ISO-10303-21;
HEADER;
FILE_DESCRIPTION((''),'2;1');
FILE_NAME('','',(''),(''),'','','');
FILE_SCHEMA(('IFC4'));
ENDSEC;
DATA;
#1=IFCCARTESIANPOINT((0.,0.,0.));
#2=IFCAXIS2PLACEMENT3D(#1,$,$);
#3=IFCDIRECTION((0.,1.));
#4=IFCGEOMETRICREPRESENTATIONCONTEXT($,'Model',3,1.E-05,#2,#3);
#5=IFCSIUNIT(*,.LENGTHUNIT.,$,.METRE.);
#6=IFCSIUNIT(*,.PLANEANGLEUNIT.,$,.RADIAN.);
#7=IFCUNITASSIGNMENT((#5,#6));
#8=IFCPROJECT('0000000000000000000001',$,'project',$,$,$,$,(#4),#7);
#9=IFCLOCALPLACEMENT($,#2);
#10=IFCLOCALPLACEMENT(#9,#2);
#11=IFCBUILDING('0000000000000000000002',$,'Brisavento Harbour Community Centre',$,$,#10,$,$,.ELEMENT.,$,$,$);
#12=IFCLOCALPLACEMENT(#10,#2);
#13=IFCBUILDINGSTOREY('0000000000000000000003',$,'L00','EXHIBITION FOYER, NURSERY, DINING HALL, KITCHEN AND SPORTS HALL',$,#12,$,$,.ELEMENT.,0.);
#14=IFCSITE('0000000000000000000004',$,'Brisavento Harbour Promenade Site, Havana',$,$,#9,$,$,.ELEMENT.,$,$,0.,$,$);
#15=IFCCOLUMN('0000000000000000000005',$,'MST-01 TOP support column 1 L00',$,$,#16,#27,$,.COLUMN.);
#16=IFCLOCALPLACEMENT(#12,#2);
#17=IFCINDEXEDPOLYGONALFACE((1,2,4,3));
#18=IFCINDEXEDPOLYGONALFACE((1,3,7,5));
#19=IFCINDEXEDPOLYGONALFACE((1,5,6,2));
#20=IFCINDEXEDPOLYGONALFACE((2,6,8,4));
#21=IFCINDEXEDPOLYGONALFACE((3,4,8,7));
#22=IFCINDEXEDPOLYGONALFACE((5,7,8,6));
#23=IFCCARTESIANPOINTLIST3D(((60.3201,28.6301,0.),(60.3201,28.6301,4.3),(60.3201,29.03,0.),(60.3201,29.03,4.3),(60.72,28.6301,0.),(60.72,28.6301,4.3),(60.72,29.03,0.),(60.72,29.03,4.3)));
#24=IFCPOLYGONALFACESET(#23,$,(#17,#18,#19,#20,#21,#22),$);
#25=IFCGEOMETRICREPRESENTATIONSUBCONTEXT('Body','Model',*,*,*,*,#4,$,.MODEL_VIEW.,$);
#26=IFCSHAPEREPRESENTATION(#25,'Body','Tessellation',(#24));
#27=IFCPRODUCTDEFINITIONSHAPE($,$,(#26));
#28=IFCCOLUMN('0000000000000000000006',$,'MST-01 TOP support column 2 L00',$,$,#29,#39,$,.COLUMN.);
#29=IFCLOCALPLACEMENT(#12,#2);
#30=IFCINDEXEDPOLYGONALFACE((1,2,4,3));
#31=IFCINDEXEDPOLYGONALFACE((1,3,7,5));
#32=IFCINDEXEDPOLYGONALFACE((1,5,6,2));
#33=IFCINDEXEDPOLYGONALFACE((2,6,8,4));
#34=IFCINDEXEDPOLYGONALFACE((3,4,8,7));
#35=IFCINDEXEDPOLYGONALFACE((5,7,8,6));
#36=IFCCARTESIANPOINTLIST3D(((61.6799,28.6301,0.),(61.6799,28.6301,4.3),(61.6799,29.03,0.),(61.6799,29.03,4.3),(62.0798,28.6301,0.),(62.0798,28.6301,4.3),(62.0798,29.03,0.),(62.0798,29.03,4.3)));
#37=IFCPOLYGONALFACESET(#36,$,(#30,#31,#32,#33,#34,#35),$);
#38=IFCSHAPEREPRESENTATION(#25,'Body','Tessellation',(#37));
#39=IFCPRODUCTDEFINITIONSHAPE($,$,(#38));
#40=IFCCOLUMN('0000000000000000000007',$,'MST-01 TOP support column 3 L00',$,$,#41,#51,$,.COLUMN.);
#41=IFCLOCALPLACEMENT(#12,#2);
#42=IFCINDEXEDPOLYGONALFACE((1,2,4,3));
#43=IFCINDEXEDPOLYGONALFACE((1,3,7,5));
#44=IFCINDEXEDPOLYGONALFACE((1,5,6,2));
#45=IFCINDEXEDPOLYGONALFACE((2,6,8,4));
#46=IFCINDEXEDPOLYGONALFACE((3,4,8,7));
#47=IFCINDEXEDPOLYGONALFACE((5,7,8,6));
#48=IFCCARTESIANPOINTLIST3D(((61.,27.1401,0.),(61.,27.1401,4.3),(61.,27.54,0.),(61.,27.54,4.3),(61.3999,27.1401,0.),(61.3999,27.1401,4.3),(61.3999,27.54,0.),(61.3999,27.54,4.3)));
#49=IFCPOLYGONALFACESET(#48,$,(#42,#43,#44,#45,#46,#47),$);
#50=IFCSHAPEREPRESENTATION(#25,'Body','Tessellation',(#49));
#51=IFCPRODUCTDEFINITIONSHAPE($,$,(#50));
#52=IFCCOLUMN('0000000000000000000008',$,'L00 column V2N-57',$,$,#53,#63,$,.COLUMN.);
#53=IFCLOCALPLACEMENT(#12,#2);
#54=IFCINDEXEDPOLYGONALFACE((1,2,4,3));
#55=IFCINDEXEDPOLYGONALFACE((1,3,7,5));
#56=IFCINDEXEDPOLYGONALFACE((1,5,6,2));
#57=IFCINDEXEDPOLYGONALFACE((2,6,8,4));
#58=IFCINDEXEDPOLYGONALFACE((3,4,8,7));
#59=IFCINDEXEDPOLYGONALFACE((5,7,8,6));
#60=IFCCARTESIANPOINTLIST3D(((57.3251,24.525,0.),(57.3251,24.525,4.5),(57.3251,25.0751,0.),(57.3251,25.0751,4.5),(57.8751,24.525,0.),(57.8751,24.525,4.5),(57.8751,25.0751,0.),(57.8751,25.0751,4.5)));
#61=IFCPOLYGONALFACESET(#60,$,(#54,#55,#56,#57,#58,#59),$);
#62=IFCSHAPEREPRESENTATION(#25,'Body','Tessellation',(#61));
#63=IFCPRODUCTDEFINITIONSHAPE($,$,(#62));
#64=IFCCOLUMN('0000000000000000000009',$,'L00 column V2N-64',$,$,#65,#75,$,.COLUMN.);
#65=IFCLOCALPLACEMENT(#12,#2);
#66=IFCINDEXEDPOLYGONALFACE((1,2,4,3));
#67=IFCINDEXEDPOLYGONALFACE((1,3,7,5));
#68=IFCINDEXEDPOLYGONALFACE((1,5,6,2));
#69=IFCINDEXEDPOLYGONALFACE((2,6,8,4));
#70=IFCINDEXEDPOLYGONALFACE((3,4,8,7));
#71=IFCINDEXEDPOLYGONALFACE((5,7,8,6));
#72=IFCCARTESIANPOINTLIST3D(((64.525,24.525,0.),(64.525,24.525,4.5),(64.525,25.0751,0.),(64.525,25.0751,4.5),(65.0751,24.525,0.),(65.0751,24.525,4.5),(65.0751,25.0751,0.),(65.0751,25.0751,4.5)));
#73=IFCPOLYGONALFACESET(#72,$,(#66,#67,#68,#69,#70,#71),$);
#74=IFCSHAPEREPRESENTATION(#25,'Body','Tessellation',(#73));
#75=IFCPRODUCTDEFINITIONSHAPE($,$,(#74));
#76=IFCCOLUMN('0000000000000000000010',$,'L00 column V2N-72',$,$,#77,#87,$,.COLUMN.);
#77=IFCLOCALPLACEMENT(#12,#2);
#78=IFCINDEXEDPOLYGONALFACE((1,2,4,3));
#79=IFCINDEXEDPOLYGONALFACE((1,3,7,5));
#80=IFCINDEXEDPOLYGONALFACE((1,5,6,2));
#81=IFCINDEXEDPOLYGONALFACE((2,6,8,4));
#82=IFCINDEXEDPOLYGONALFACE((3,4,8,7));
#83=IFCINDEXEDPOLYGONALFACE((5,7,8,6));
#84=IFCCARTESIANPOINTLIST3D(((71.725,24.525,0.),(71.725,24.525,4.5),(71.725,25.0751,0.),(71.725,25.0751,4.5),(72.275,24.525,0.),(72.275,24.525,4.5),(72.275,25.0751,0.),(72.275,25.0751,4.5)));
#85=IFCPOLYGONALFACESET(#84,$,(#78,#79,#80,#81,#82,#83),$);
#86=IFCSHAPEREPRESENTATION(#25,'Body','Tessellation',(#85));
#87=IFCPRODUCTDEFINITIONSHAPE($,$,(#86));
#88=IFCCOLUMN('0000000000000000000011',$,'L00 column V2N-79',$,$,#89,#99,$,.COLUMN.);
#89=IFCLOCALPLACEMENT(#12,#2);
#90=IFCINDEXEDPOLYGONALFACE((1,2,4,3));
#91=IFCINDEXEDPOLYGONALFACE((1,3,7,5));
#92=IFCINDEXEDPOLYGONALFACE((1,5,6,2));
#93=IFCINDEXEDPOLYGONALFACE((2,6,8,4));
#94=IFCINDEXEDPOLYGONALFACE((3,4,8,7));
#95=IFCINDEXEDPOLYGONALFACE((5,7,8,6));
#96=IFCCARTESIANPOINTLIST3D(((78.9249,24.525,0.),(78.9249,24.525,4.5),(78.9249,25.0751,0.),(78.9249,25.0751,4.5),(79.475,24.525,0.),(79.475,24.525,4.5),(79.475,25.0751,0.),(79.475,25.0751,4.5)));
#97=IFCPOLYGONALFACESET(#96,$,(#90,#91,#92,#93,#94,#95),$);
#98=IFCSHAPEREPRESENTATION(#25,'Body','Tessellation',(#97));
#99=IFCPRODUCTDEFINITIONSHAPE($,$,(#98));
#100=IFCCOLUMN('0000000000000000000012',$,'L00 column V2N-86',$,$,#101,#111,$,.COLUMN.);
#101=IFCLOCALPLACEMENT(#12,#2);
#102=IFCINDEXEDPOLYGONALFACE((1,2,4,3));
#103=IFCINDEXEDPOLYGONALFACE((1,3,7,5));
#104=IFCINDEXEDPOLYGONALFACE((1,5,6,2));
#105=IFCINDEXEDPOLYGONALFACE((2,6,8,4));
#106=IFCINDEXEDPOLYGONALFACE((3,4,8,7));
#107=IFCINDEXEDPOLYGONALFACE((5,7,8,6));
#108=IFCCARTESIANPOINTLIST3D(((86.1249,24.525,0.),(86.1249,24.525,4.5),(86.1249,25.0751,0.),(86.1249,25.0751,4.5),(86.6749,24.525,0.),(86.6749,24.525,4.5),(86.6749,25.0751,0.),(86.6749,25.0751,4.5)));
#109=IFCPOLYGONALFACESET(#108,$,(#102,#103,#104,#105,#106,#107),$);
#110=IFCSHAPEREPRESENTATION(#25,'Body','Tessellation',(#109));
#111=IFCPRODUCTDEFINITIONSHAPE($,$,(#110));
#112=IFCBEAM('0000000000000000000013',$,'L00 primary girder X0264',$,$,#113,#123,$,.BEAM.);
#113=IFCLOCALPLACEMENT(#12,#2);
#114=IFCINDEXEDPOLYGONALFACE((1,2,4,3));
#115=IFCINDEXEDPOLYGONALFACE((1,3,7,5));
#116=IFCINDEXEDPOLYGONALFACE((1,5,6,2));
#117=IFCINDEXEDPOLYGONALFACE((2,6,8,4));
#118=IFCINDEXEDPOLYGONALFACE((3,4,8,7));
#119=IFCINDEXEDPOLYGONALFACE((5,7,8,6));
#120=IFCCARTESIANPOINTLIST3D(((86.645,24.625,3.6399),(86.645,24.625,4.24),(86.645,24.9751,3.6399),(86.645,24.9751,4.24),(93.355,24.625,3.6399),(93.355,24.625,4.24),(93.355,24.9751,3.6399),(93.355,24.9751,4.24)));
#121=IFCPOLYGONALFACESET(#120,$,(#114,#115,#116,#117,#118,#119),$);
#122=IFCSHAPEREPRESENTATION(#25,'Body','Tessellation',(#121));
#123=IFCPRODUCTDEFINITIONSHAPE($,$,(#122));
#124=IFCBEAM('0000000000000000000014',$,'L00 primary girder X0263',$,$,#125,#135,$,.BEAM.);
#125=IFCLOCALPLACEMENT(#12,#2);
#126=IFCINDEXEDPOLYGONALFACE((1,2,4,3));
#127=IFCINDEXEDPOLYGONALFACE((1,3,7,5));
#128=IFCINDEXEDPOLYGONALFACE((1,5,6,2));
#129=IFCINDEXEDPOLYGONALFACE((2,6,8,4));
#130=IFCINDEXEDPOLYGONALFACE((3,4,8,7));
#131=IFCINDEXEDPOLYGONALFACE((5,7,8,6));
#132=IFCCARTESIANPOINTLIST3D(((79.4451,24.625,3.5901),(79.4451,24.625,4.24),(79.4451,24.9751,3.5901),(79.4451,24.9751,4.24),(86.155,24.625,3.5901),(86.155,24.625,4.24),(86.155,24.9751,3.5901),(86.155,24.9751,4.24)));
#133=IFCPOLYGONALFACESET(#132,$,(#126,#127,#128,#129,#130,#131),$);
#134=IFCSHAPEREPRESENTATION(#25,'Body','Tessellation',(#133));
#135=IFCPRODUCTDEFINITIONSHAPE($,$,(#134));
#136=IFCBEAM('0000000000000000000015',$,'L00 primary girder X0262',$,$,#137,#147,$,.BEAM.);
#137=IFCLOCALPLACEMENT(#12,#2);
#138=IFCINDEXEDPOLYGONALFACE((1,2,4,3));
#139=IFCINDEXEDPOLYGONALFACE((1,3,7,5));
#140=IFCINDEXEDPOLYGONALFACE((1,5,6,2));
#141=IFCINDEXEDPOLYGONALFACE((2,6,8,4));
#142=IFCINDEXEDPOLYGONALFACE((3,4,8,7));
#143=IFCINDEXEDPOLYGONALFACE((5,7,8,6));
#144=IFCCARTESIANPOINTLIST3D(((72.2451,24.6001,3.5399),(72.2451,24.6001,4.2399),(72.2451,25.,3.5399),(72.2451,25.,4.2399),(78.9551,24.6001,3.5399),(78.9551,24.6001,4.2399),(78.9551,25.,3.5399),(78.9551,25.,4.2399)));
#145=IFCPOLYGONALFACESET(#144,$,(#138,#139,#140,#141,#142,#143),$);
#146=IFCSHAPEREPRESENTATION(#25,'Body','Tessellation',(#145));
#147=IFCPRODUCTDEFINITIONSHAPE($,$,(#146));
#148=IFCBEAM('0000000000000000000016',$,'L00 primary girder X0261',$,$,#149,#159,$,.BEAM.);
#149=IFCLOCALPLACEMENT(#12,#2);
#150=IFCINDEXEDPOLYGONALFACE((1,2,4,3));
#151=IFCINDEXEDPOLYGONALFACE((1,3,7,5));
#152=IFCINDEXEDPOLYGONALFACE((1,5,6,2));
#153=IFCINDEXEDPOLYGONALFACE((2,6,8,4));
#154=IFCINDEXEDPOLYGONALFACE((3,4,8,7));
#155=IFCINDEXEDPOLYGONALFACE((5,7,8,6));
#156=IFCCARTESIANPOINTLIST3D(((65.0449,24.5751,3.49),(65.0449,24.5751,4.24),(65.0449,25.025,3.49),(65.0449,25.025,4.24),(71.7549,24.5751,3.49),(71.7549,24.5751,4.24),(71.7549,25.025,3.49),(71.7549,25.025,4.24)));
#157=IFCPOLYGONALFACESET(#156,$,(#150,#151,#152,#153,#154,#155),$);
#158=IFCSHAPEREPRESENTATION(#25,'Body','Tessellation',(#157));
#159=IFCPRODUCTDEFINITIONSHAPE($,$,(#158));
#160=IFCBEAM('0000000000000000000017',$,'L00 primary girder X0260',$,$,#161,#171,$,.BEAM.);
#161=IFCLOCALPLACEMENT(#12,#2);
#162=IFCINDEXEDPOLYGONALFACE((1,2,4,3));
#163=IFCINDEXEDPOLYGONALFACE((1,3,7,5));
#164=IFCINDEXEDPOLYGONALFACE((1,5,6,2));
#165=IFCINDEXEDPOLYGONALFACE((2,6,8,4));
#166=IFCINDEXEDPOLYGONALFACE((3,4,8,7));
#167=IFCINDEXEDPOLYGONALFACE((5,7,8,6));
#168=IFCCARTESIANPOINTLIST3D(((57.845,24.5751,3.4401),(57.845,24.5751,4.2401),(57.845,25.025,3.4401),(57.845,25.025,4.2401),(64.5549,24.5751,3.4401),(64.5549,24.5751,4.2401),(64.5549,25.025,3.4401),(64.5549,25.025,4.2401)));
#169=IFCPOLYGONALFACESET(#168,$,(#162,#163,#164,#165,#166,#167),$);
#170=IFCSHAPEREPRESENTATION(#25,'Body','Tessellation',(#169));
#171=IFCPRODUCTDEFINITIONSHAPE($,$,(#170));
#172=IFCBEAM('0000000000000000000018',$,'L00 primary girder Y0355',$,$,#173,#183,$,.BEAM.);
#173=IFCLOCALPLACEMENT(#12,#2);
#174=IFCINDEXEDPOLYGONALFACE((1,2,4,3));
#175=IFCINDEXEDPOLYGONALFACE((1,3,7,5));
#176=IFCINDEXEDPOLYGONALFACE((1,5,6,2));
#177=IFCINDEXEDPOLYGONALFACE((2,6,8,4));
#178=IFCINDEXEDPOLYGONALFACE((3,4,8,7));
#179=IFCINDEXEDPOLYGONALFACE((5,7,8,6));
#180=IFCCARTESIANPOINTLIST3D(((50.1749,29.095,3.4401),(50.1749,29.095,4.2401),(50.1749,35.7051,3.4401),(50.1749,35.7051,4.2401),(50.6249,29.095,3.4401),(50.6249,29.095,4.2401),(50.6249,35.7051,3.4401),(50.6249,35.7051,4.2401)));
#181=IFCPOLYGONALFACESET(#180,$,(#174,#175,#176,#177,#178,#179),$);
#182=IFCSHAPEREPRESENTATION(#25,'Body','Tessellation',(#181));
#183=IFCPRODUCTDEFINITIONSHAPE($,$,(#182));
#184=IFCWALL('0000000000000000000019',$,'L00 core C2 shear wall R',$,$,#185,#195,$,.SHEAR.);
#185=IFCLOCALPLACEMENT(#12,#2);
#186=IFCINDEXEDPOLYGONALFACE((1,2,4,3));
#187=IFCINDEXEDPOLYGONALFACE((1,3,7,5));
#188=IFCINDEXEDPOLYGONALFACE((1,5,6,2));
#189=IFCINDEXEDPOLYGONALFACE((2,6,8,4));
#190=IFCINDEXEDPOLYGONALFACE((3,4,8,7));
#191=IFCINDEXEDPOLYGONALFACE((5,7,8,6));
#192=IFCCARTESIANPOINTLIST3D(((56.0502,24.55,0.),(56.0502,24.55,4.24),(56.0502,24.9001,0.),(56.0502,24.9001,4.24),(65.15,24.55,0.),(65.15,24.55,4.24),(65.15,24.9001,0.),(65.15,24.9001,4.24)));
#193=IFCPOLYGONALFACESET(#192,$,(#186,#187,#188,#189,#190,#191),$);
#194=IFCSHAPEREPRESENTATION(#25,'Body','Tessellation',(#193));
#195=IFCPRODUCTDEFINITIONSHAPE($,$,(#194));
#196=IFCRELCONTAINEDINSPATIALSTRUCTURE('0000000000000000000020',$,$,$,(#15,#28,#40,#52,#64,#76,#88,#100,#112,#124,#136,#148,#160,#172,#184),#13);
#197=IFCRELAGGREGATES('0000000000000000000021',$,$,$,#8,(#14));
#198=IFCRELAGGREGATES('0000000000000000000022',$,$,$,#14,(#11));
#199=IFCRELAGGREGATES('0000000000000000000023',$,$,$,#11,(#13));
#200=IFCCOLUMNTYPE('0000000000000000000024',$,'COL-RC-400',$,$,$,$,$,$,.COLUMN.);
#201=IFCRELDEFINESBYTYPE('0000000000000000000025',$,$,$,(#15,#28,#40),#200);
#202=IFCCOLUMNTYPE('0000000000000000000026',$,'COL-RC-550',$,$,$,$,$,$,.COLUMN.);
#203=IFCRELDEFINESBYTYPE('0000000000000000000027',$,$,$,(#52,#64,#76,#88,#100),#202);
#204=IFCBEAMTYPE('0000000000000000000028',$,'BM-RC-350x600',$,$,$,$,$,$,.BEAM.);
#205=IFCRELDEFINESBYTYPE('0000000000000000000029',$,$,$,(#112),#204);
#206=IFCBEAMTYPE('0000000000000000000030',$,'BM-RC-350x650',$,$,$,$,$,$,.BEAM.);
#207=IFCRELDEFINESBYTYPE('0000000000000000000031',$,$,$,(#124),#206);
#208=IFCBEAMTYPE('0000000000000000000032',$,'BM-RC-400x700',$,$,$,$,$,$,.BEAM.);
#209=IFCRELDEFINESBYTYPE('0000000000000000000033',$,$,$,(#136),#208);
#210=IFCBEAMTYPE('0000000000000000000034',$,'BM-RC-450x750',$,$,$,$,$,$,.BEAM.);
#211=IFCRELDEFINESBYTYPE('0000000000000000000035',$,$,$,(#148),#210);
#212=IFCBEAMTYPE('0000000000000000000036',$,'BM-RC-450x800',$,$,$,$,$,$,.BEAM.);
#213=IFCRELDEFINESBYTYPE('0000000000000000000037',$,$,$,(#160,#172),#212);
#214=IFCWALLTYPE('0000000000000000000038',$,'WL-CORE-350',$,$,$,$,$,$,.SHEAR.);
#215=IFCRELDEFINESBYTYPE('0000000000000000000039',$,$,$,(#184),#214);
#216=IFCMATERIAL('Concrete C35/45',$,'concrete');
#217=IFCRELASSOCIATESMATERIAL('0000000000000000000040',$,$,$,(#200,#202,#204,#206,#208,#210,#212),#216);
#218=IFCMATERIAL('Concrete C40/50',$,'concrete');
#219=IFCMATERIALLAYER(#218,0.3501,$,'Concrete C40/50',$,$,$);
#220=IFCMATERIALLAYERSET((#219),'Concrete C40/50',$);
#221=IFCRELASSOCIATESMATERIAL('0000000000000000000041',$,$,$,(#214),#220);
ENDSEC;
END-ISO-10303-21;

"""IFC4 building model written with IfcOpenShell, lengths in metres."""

from ifc_helpers import new_model, si_unit, direction, frame, frame_2d, origin, origin_2d, place, context, subcontext, project, spatial, rectangle, extrude, material, layer, layer_set, material_profile, profile_set, type_object, element, save


model = new_model("IFC4")

# Units and contexts
model_context = context("Model", 3, precision=1e-05, world=origin(), true_north=direction((0.0, 1.0)))
body_context = subcontext(model_context, "Body", "Model", "MODEL_VIEW")
ifc_project = project(units=[si_unit("LENGTHUNIT", "METRE"), si_unit("PLANEANGLEUNIT", "RADIAN")], contexts=[model_context])

# Site, building, storey
site_placement = place(None, origin())
site = spatial("IfcSite", under=ifc_project, at=site_placement, Name="Brisavento Harbour Promenade Site, Havana", CompositionType="ELEMENT", RefElevation=0.0)
building_placement = place(site_placement, origin())
building = spatial("IfcBuilding", under=site, at=building_placement, Name="Brisavento Harbour Community Centre", CompositionType="ELEMENT")
storey_placement = place(building_placement, origin())
storey = spatial("IfcBuildingStorey", under=building, at=storey_placement, Name="L00", Description="EXHIBITION FOYER, NURSERY, DINING HALL, KITCHEN AND SPORTS HALL", CompositionType="ELEMENT", Elevation=0.0)

# Columns
ifc_material_1 = material(Name="Concrete C35/45", Category="concrete")
ifc_material_profile_1 = material_profile(ifc_material_1, rectangle(XDim=0.3999, YDim=0.3999, at=origin_2d()), Name="Concrete C35/45")
ifc_profile_set_1 = profile_set([ifc_material_profile_1], Name="Concrete C35/45")
column_type_1 = type_object("IfcColumnType", Name="COL-RC-400", PredefinedType="COLUMN", material=ifc_profile_set_1)
for number, where, z_axis, x_axis, name in (
    (1, (60.52, 28.8301, 0.0), (0.0, 0.0, 1.0), (1.0, 0.0, 0.0), "MST-01 TOP support column 1 L00"),
    (2, (61.8799, 28.8301, 0.0), (0.0, 0.0, 1.0), (1.0, 0.0, 0.0), "MST-01 TOP support column 2 L00"),
    (3, (61.2, 27.3401, 0.0), (0.0, 0.0, 1.0), (1.0, 0.0, 0.0), "MST-01 TOP support column 3 L00"),
):
    element("IfcColumn", number, at=place(storey_placement, frame(where, z_axis=z_axis, x_axis=x_axis)), inside=storey, type_object=column_type_1, Name=name, PredefinedType="COLUMN", context=body_context, shape_type="SweptSolid", body=[
        extrude(rectangle(XDim=0.3999, YDim=0.3999, at=origin_2d()), origin(), (0.0, 0.0, 1.0), 4.3),
    ])
ifc_material_profile_2 = material_profile(ifc_material_1, rectangle(XDim=0.55, YDim=0.55, at=origin_2d()), Name="Concrete C35/45")
ifc_profile_set_2 = profile_set([ifc_material_profile_2], Name="Concrete C35/45")
column_type_2 = type_object("IfcColumnType", Name="COL-RC-550", PredefinedType="COLUMN", material=ifc_profile_set_2)
for number, where, z_axis, x_axis, name in (
    (4, (57.6001, 24.8, 0.0), (0.0, 0.0, 1.0), (1.0, 0.0, 0.0), "L00 column V2N-57"),
    (5, (64.8, 24.8, 0.0), (0.0, 0.0, 1.0), (1.0, 0.0, 0.0), "L00 column V2N-64"),
    (6, (72.0, 24.8, 0.0), (0.0, 0.0, 1.0), (1.0, 0.0, 0.0), "L00 column V2N-72"),
    (7, (79.2, 24.8, 0.0), (0.0, 0.0, 1.0), (1.0, 0.0, 0.0), "L00 column V2N-79"),
    (8, (86.3999, 24.8, 0.0), (0.0, 0.0, 1.0), (1.0, 0.0, 0.0), "L00 column V2N-86"),
):
    element("IfcColumn", number, at=place(storey_placement, frame(where, z_axis=z_axis, x_axis=x_axis)), inside=storey, type_object=column_type_2, Name=name, PredefinedType="COLUMN", context=body_context, shape_type="SweptSolid", body=[
        extrude(rectangle(XDim=0.55, YDim=0.55, at=origin_2d()), origin(), (0.0, 0.0, 1.0), 4.5),
    ])

# Beams
ifc_material_profile_3 = material_profile(ifc_material_1, rectangle(XDim=0.3501, YDim=0.6001, at=origin_2d()), Name="Concrete C35/45")
ifc_profile_set_3 = profile_set([ifc_material_profile_3], Name="Concrete C35/45")
beam_type_1 = type_object("IfcBeamType", Name="BM-RC-350x600", PredefinedType="BEAM", material=ifc_profile_set_3)
beam_1_placement = place(storey_placement, frame((86.645, 24.8, 3.9399), z_axis=(1.0, 0.0, 0.0), x_axis=(0.0, 1.0, 0.0)))
element("IfcBeam", 9, at=beam_1_placement, inside=storey, type_object=beam_type_1, Name="L00 primary girder X0264", PredefinedType="BEAM", context=body_context, shape_type="SweptSolid", body=[
    extrude(rectangle(XDim=0.3501, YDim=0.6001, at=origin_2d()), origin(), (0.0, 0.0, 1.0), 6.71),
])
ifc_material_profile_4 = material_profile(ifc_material_1, rectangle(XDim=0.3501, YDim=0.6499, at=origin_2d()), Name="Concrete C35/45")
ifc_profile_set_4 = profile_set([ifc_material_profile_4], Name="Concrete C35/45")
beam_type_2 = type_object("IfcBeamType", Name="BM-RC-350x650", PredefinedType="BEAM", material=ifc_profile_set_4)
beam_2_placement = place(storey_placement, frame((79.4451, 24.8, 3.915), z_axis=(1.0, 0.0, 0.0), x_axis=(0.0, 1.0, 0.0)))
element("IfcBeam", 10, at=beam_2_placement, inside=storey, type_object=beam_type_2, Name="L00 primary girder X0263", PredefinedType="BEAM", context=body_context, shape_type="SweptSolid", body=[
    extrude(rectangle(XDim=0.3501, YDim=0.6499, at=origin_2d()), origin(), (0.0, 0.0, 1.0), 6.71),
])
ifc_material_profile_5 = material_profile(ifc_material_1, rectangle(XDim=0.3999, YDim=0.7, at=origin_2d()), Name="Concrete C35/45")
ifc_profile_set_5 = profile_set([ifc_material_profile_5], Name="Concrete C35/45")
beam_type_3 = type_object("IfcBeamType", Name="BM-RC-400x700", PredefinedType="BEAM", material=ifc_profile_set_5)
beam_3_placement = place(storey_placement, frame((72.2451, 24.8, 3.8899), z_axis=(1.0, 0.0, 0.0), x_axis=(0.0, 1.0, 0.0)))
element("IfcBeam", 11, at=beam_3_placement, inside=storey, type_object=beam_type_3, Name="L00 primary girder X0262", PredefinedType="BEAM", context=body_context, shape_type="SweptSolid", body=[
    extrude(rectangle(XDim=0.3999, YDim=0.7, at=origin_2d()), origin(), (0.0, 0.0, 1.0), 6.71),
])
ifc_material_profile_6 = material_profile(ifc_material_1, rectangle(XDim=0.45, YDim=0.75, at=origin_2d()), Name="Concrete C35/45")
ifc_profile_set_6 = profile_set([ifc_material_profile_6], Name="Concrete C35/45")
beam_type_4 = type_object("IfcBeamType", Name="BM-RC-450x750", PredefinedType="BEAM", material=ifc_profile_set_6)
beam_4_placement = place(storey_placement, frame((65.0449, 24.8, 3.865), z_axis=(1.0, 0.0, 0.0), x_axis=(0.0, 1.0, 0.0)))
element("IfcBeam", 12, at=beam_4_placement, inside=storey, type_object=beam_type_4, Name="L00 primary girder X0261", PredefinedType="BEAM", context=body_context, shape_type="SweptSolid", body=[
    extrude(rectangle(XDim=0.45, YDim=0.75, at=origin_2d()), origin(), (0.0, 0.0, 1.0), 6.71),
])
ifc_material_profile_7 = material_profile(ifc_material_1, rectangle(XDim=0.45, YDim=0.8, at=origin_2d()), Name="Concrete C35/45")
ifc_profile_set_7 = profile_set([ifc_material_profile_7], Name="Concrete C35/45")
beam_type_5 = type_object("IfcBeamType", Name="BM-RC-450x800", PredefinedType="BEAM", material=ifc_profile_set_7)
beam_5_placement = place(storey_placement, frame((57.845, 24.8, 3.8401), z_axis=(1.0, 0.0, 0.0), x_axis=(0.0, 1.0, 0.0)))
element("IfcBeam", 13, at=beam_5_placement, inside=storey, type_object=beam_type_5, Name="L00 primary girder X0260", PredefinedType="BEAM", context=body_context, shape_type="SweptSolid", body=[
    extrude(rectangle(XDim=0.45, YDim=0.8, at=origin_2d()), origin(), (0.0, 0.0, 1.0), 6.71),
])
beam_6_placement = place(storey_placement, frame((50.3999, 29.095, 3.8401), z_axis=(0.0, 1.0, 0.0), x_axis=(-1.0, 0.0, 0.0)))
element("IfcBeam", 14, at=beam_6_placement, inside=storey, type_object=beam_type_5, Name="L00 primary girder Y0355", PredefinedType="BEAM", context=body_context, shape_type="SweptSolid", body=[
    extrude(rectangle(XDim=0.45, YDim=0.8, at=origin_2d()), origin(), (0.0, 0.0, 1.0), 6.6101),
])

# Wall
ifc_material_2 = material(Name="Concrete C40/50", Category="concrete")
ifc_layer_1 = layer(ifc_material_2, 0.3501, Name="Concrete C40/50")
ifc_layer_set_1 = layer_set([ifc_layer_1], Name="Concrete C40/50")
wall_type_1 = type_object("IfcWallType", Name="WL-CORE-350", PredefinedType="SHEAR", material=ifc_layer_set_1)
wall_1_placement = place(storey_placement, frame((65.1499, 24.7251, 0.0), z_axis=(0.0, 0.0, 1.0), x_axis=(-1.0, 0.0, 0.0)))
element("IfcWall", 15, at=wall_1_placement, inside=storey, type_object=wall_type_1, Name="L00 core C2 shear wall R", PredefinedType="SHEAR", context=body_context, shape_type="SweptSolid", body=[
    extrude(rectangle(XDim=9.0999, YDim=0.3501, at=frame_2d((4.5498, 0.0))), origin(), (0.0, 0.0, 1.0), 4.24),
])

save(model, "model.ifc")
